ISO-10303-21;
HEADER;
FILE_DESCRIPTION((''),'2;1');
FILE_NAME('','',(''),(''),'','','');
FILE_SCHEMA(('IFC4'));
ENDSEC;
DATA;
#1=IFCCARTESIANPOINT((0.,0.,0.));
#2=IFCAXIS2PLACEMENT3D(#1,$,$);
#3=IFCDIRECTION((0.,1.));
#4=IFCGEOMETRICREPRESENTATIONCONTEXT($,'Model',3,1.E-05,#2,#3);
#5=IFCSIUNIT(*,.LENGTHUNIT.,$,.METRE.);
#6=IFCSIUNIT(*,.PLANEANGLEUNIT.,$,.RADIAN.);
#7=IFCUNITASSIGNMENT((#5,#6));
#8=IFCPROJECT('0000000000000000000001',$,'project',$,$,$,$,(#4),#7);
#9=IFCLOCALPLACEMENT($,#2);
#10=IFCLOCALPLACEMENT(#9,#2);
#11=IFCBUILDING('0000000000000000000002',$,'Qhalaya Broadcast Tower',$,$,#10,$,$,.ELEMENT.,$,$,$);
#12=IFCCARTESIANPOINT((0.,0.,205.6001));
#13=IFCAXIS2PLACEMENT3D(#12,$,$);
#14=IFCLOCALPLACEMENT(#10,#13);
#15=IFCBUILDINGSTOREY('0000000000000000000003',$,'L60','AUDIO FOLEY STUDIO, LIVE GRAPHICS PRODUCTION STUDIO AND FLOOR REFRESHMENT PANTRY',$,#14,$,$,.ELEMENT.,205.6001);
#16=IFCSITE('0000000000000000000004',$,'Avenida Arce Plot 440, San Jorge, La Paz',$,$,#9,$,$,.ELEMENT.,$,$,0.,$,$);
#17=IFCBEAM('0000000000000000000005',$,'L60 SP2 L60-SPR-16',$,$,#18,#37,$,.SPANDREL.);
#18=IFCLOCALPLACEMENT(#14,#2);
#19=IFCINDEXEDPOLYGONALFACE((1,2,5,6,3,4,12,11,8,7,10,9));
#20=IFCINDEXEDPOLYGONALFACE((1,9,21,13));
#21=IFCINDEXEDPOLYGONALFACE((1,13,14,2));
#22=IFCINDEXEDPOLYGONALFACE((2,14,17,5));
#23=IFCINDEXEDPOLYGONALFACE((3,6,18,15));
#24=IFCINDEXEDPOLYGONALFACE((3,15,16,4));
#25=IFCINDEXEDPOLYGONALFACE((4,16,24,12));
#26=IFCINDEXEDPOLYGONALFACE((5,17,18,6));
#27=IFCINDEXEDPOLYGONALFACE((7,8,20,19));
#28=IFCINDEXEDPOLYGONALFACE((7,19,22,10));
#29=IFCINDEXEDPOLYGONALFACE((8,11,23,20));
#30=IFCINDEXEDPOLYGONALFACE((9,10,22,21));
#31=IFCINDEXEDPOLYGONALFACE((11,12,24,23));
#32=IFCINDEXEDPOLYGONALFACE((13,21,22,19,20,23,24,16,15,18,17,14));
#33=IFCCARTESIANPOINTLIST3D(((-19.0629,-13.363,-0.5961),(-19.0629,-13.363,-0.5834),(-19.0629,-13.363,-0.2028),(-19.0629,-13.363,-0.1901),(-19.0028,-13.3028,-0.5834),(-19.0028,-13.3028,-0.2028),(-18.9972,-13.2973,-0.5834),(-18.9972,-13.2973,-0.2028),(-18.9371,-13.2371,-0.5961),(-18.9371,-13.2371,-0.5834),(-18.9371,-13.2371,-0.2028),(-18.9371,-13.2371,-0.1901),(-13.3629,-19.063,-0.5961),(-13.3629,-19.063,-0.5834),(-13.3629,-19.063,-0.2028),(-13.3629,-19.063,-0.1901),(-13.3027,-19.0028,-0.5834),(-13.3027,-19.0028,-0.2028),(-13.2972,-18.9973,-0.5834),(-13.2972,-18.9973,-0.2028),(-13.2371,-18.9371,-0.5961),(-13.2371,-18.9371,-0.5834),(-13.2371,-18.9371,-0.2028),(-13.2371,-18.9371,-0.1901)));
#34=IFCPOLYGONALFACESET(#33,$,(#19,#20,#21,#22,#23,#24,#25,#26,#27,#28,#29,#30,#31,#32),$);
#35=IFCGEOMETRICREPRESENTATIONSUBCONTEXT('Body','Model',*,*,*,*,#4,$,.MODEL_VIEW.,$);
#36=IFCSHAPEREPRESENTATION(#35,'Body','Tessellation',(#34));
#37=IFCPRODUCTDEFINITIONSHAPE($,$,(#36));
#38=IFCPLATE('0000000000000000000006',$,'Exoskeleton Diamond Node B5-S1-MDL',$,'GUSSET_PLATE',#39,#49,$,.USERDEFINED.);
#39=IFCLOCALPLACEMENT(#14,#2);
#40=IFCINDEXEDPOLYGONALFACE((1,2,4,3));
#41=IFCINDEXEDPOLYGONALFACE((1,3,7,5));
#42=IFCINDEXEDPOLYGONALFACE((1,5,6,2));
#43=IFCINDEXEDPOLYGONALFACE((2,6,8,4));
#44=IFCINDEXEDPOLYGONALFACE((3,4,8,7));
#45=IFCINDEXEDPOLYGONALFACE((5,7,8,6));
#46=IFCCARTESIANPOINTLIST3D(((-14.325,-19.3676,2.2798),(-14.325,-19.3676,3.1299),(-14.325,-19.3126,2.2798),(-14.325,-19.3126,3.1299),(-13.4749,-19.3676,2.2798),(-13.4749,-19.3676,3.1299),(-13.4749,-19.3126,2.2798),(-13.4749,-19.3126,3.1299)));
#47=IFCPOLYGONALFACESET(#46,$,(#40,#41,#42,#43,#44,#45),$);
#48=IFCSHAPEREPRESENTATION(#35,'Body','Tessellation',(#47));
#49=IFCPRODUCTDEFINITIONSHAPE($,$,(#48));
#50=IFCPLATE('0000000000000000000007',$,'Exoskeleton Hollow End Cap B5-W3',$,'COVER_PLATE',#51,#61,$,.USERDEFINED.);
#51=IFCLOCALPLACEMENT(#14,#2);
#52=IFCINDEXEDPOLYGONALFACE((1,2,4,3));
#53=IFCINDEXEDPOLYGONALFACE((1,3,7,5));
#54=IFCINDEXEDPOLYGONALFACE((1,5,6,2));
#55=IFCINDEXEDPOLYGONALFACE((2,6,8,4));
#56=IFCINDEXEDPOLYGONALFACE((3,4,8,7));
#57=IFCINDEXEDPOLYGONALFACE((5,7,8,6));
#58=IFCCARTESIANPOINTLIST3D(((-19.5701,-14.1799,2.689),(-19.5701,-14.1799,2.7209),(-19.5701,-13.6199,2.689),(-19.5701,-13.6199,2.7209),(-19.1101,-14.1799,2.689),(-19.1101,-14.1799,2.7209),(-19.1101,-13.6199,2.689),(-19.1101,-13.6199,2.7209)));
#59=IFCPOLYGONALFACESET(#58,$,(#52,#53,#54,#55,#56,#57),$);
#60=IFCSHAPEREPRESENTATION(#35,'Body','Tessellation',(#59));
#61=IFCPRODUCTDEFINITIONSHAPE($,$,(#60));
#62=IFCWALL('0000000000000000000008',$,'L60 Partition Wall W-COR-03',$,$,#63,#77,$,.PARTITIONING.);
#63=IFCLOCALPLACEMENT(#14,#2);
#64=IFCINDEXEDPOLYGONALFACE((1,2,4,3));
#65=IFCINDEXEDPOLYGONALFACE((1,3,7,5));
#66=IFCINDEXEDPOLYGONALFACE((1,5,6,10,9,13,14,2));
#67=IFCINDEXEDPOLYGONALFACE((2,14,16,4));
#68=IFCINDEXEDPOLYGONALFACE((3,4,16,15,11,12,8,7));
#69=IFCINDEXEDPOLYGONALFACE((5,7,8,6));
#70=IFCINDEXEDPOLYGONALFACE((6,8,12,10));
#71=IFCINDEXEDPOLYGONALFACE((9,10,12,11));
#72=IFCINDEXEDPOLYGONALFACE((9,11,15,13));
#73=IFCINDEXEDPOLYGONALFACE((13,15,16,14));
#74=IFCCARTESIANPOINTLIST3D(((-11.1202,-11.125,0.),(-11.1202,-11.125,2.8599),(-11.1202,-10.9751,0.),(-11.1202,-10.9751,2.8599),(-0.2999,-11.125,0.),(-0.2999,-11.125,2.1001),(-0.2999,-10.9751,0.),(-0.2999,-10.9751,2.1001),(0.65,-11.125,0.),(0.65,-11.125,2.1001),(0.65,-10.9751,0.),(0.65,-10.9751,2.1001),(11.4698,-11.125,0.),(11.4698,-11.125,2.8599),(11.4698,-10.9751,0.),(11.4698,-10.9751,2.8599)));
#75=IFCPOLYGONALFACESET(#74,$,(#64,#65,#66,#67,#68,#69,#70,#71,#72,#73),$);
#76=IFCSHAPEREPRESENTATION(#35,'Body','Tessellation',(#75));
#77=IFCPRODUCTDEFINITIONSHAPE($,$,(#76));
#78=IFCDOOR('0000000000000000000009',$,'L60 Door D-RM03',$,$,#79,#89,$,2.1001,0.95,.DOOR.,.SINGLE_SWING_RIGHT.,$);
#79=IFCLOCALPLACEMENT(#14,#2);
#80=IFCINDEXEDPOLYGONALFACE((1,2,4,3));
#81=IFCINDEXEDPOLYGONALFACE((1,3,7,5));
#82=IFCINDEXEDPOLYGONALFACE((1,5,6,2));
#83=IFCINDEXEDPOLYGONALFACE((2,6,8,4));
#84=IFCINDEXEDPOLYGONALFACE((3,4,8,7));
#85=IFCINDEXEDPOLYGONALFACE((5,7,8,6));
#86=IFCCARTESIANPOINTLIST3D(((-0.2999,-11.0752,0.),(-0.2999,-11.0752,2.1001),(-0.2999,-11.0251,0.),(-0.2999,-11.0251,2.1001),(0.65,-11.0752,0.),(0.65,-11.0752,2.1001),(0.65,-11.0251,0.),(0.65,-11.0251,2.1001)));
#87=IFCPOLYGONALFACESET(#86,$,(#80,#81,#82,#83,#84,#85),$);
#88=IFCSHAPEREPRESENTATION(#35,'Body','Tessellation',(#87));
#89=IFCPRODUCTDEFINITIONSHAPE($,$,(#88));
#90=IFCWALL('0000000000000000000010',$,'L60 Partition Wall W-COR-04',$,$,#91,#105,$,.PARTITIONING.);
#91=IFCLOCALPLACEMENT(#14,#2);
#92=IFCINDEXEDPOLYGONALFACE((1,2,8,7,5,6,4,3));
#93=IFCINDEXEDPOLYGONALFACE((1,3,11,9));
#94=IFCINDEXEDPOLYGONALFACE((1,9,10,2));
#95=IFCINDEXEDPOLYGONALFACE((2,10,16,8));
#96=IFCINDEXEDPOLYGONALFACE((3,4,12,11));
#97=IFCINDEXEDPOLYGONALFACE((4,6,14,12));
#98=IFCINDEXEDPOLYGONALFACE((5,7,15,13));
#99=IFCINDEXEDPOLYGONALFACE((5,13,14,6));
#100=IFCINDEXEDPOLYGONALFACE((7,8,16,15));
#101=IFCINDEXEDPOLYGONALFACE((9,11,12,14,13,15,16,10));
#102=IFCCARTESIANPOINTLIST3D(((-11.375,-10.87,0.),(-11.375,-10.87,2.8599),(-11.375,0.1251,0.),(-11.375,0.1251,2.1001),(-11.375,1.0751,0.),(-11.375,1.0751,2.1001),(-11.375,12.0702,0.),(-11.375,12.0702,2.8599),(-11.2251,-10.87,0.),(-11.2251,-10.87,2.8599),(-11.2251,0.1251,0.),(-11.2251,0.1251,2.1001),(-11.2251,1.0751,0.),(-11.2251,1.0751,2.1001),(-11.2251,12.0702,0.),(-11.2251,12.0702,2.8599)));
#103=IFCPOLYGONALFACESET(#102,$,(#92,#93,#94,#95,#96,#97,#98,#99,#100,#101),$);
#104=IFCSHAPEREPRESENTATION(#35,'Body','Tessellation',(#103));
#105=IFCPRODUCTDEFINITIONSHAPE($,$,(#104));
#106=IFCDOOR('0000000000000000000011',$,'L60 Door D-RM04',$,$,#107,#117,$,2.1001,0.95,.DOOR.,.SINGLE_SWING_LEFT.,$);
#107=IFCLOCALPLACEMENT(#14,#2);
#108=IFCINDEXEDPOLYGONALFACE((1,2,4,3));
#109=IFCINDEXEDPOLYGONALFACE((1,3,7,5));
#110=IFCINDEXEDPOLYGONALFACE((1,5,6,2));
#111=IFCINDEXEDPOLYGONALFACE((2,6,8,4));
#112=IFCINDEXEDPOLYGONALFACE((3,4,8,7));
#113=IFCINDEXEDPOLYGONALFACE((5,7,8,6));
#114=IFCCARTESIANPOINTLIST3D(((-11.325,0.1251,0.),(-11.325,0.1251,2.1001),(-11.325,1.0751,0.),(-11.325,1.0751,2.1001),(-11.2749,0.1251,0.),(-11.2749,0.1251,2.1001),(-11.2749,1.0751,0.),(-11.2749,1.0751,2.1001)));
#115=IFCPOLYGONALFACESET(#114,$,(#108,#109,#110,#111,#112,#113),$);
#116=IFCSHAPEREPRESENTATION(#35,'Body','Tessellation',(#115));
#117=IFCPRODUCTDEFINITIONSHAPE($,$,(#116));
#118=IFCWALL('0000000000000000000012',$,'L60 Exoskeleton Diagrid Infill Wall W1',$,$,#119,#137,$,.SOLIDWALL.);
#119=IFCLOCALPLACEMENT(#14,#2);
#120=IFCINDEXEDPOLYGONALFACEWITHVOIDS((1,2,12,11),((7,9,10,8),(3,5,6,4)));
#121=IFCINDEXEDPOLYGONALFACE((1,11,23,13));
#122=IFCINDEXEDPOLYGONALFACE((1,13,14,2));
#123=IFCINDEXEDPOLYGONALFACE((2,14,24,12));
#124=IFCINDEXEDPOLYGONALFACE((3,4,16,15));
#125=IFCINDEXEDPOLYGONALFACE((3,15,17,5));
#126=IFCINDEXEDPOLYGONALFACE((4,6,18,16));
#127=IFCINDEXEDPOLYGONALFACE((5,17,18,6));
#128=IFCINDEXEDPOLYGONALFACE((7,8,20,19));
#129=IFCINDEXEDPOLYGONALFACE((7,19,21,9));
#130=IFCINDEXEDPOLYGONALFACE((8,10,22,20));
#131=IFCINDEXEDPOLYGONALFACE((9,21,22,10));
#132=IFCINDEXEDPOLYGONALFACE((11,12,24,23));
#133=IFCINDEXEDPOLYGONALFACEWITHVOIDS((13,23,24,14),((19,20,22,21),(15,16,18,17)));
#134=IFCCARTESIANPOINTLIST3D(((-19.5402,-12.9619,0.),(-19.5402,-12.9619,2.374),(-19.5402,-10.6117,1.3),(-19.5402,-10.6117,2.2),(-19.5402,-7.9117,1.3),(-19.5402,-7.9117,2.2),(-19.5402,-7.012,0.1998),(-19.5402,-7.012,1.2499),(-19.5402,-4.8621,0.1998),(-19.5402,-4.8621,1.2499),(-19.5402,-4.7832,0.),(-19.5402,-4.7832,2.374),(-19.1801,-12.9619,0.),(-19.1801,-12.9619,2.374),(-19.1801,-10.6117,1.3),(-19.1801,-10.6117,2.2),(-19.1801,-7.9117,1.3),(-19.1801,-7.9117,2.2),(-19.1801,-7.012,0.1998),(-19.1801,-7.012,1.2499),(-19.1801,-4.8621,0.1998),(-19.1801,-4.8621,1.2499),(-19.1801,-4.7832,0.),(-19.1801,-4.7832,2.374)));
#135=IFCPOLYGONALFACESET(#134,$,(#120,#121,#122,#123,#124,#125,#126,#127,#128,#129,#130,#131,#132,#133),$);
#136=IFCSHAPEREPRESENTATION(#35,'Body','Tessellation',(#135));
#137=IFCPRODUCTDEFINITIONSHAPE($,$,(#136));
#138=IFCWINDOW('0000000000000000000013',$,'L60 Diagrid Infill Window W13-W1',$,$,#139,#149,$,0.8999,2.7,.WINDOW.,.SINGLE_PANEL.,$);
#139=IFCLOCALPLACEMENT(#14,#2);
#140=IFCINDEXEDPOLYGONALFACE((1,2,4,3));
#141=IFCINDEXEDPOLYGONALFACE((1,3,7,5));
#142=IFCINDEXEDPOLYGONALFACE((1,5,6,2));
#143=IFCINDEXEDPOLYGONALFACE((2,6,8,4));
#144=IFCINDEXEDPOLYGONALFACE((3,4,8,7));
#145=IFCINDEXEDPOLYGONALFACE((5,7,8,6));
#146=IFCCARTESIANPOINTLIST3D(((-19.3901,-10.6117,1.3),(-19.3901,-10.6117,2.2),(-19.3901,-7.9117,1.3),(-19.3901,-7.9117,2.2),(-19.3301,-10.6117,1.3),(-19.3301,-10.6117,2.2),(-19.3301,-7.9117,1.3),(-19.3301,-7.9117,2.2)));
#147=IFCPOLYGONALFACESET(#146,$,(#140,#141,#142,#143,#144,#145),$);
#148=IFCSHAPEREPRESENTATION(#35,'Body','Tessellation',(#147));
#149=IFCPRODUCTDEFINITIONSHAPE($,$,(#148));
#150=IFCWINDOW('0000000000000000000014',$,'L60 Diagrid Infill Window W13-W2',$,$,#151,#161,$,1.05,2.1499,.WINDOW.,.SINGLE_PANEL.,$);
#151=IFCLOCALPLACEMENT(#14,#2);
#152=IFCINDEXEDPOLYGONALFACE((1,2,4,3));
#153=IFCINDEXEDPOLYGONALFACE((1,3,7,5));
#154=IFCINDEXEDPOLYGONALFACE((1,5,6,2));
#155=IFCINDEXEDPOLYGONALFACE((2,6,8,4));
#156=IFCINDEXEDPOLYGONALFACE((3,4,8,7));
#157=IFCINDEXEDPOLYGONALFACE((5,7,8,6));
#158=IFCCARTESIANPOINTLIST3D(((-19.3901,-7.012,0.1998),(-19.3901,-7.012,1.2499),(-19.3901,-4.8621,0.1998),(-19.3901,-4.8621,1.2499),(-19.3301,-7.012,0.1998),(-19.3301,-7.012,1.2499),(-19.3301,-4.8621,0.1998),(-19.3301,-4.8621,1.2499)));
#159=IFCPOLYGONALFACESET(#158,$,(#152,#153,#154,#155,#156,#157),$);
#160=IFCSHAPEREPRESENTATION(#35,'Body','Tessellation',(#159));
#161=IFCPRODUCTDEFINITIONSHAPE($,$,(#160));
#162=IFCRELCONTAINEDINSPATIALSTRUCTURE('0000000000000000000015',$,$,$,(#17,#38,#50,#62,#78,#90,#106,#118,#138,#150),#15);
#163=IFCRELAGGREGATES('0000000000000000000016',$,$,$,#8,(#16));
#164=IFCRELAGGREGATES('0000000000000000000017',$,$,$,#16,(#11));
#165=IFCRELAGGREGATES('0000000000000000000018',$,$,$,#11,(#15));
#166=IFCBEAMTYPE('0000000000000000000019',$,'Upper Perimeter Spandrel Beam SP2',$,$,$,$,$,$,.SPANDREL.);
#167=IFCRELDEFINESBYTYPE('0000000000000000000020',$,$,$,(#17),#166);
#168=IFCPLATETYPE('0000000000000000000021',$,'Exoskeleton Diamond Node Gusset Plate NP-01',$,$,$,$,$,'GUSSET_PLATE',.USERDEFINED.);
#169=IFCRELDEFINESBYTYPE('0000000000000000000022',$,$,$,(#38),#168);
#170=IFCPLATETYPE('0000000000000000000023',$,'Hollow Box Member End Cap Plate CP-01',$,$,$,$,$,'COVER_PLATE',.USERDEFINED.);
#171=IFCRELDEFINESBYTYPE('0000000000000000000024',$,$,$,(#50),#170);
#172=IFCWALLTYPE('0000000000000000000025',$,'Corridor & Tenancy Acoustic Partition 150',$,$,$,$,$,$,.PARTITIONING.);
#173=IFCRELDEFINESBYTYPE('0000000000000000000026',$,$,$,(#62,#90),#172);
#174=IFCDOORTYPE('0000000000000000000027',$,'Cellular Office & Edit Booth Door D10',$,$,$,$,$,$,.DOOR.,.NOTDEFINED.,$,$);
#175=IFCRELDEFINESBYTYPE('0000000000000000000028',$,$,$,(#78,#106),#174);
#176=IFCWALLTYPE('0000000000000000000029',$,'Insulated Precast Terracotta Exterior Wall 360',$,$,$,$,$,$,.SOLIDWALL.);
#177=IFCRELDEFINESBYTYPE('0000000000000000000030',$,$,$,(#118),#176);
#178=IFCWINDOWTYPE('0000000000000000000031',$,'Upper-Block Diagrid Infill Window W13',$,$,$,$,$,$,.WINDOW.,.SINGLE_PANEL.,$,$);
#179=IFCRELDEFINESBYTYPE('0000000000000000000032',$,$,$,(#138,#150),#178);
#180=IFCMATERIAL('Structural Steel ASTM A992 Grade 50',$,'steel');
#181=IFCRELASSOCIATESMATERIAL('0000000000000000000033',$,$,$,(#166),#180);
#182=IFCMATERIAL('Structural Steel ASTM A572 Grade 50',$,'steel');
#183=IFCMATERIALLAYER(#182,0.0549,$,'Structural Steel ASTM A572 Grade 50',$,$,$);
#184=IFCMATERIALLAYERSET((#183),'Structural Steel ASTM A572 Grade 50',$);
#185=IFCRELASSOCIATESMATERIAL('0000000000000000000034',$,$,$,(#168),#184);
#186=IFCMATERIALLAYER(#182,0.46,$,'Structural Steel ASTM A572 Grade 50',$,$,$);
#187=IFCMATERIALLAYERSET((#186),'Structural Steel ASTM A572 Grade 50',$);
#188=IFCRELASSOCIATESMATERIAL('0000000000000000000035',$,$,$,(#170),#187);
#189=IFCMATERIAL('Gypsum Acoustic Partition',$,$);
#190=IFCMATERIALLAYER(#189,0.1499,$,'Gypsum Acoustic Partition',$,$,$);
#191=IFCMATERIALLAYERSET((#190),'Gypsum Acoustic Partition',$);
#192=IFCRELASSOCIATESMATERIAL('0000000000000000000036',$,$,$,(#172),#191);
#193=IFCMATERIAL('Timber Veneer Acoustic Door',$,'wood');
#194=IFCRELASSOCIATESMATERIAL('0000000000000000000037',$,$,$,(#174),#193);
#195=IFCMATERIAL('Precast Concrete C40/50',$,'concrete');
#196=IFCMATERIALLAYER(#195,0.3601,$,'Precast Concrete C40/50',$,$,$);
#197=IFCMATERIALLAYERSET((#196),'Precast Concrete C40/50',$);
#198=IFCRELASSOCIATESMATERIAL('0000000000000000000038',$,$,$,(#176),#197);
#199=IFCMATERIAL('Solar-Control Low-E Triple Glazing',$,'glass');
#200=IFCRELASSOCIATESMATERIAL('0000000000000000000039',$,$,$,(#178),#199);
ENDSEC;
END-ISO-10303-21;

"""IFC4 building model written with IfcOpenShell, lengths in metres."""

from ifc_helpers import new_model, si_unit, direction, frame, frame_2d, origin, origin_2d, place, context, subcontext, project, spatial, rectangle, i_section, extrude, material, layer, layer_set, material_profile, profile_set, type_object, element, fill, save


model = new_model("IFC4")

# Units and contexts
model_context = context("Model", 3, precision=1e-05, world=origin(), true_north=direction((0.0, 1.0)))
body_context = subcontext(model_context, "Body", "Model", "MODEL_VIEW")
ifc_project = project(units=[si_unit("LENGTHUNIT", "METRE"), si_unit("PLANEANGLEUNIT", "RADIAN")], contexts=[model_context])

# Site, building, storey
site_placement = place(None, origin())
site = spatial("IfcSite", under=ifc_project, at=site_placement, Name="Avenida Arce Plot 440, San Jorge, La Paz", CompositionType="ELEMENT", RefElevation=0.0)
building_placement = place(site_placement, origin())
building = spatial("IfcBuilding", under=site, at=building_placement, Name="Qhalaya Broadcast Tower", CompositionType="ELEMENT")
storey_placement = place(building_placement, frame((0.0, 0.0, 205.6001)))
storey = spatial("IfcBuildingStorey", under=building, at=storey_placement, Name="L60", Description="AUDIO FOLEY STUDIO, LIVE GRAPHICS PRODUCTION STUDIO AND FLOOR REFRESHMENT PANTRY", CompositionType="ELEMENT", Elevation=205.6001)

# Shared definitions
ifc_material_1 = material(Name="Structural Steel ASTM A572 Grade 50", Category="steel")

# Shared definitions
ifc_material_2 = material(Name="Structural Steel ASTM A992 Grade 50", Category="steel")

# Beam
ifc_material_profile_1 = material_profile(ifc_material_2, i_section(OverallWidth=0.178, OverallDepth=0.406, WebThickness=0.0078, FlangeThickness=0.0127, at=origin_2d()), Name="W16X40")
ifc_profile_set_1 = profile_set([ifc_material_profile_1], Name="Structural Steel ASTM A992 Grade 50")
beam_type_1 = type_object("IfcBeamType", Name="Upper Perimeter Spandrel Beam SP2", PredefinedType="SPANDREL", material=ifc_profile_set_1)
beam_1_placement = place(storey_placement, frame((-19.0, -13.3, -0.3931), z_axis=(0.707107, -0.707107, 0.0), x_axis=(0.707107, 0.707107, 0.0)))
element("IfcBeam", 1, at=beam_1_placement, inside=storey, type_object=beam_type_1, Name="L60 SP2 L60-SPR-16", PredefinedType="SPANDREL", context=body_context, shape_type="SweptSolid", body=[
    extrude(i_section(OverallWidth=0.178, OverallDepth=0.406, WebThickness=0.0078, FlangeThickness=0.0127, at=origin_2d()), origin(), (0.0, 0.0, 1.0), 8.061),
])

# Plates
ifc_layer_1 = layer(ifc_material_1, 0.0549, Name="Structural Steel ASTM A572 Grade 50")
ifc_layer_set_1 = layer_set([ifc_layer_1], Name="Structural Steel ASTM A572 Grade 50")
plate_type_1 = type_object("IfcPlateType", Name="Exoskeleton Diamond Node Gusset Plate NP-01", ElementType="GUSSET_PLATE", PredefinedType="USERDEFINED", material=ifc_layer_set_1)
plate_1_placement = place(storey_placement, frame((-13.8999, -19.3401, 2.2798), z_axis=(0.0, 0.0, 1.0), x_axis=(1.0, 0.0, 0.0)))
element("IfcPlate", 2, at=plate_1_placement, inside=storey, type_object=plate_type_1, Name="Exoskeleton Diamond Node B5-S1-MDL", ObjectType="GUSSET_PLATE", PredefinedType="USERDEFINED", context=body_context, shape_type="SweptSolid", body=[
    extrude(rectangle(XDim=0.8501, YDim=0.0549, at=origin_2d()), origin(), (0.0, 0.0, 1.0), 0.8501),
])
ifc_layer_2 = layer(ifc_material_1, 0.46, Name="Structural Steel ASTM A572 Grade 50")
ifc_layer_set_2 = layer_set([ifc_layer_2], Name="Structural Steel ASTM A572 Grade 50")
plate_type_2 = type_object("IfcPlateType", Name="Hollow Box Member End Cap Plate CP-01", ElementType="COVER_PLATE", PredefinedType="USERDEFINED", material=ifc_layer_set_2)
plate_2_placement = place(storey_placement, frame((-19.3401, -13.8999, 2.689), z_axis=(0.0, 0.0, 1.0), x_axis=(0.0, 1.0, 0.0)))
element("IfcPlate", 3, at=plate_2_placement, inside=storey, type_object=plate_type_2, Name="Exoskeleton Hollow End Cap B5-W3", ObjectType="COVER_PLATE", PredefinedType="USERDEFINED", context=body_context, shape_type="SweptSolid", body=[
    extrude(rectangle(XDim=0.5601, YDim=0.46, at=origin_2d()), origin(), (0.0, 0.0, 1.0), 0.032),
])

# Walls, openings, doors
ifc_material_3 = material(Name="Gypsum Acoustic Partition")
ifc_layer_3 = layer(ifc_material_3, 0.1499, Name="Gypsum Acoustic Partition")
ifc_layer_set_3 = layer_set([ifc_layer_3], Name="Gypsum Acoustic Partition")
wall_type_1 = type_object("IfcWallType", Name="Corridor & Tenancy Acoustic Partition 150", PredefinedType="PARTITIONING", material=ifc_layer_set_3)
wall_1_placement = place(storey_placement, frame((-11.1201, -11.05, 0.0), z_axis=(0.0, 0.0, 1.0), x_axis=(1.0, 0.0, 0.0)))
wall_1 = element("IfcWall", 4, at=wall_1_placement, inside=storey, type_object=wall_type_1, Name="L60 Partition Wall W-COR-03", PredefinedType="PARTITIONING", context=body_context, shape_type="SweptSolid", body=[
    extrude(rectangle(XDim=22.5901, YDim=0.1499, at=frame_2d((11.2949, 0.0))), origin(), (0.0, 0.0, 1.0), 2.8599),
])
opening_1_placement = place(wall_1_placement, frame((10.8201, 0.0, 0.0)))
opening_1 = element("IfcOpeningElement", 5, at=opening_1_placement, cuts=wall_1, PredefinedType="OPENING", context=body_context, shape_type="SweptSolid", body=[
    extrude(rectangle(XDim=0.95, YDim=2.1001, at=frame_2d((0.4751, 1.05))), frame((0.0, 0.0869, 0.0), z_axis=(0.0, -1.0, 0.0), x_axis=(1.0, 0.0, 0.0)), (0.0, 0.0, 1.0), 0.1738),
])
ifc_material_4 = material(Name="Timber Veneer Acoustic Door", Category="wood")
door_type = type_object("IfcDoorType", Name="Cellular Office & Edit Booth Door D10", OperationType="NOTDEFINED", PredefinedType="DOOR", material=ifc_material_4)
door_1_placement = place(opening_1_placement, origin())
door_1 = element("IfcDoor", 6, at=door_1_placement, inside=storey, type_object=door_type, Name="L60 Door D-RM03", OperationType="SINGLE_SWING_RIGHT", OverallHeight=2.1001, OverallWidth=0.95, PredefinedType="DOOR", context=body_context, shape_type="SweptSolid", body=[
    extrude(rectangle(XDim=0.95, YDim=2.1001, at=frame_2d((0.4751, 1.05))), frame((0.0, 0.0249, 0.0), z_axis=(0.0, -1.0, 0.0), x_axis=(1.0, 0.0, 0.0)), (0.0, 0.0, 1.0), 0.05),
])
fill(opening_1, door_1)
wall_2_placement = place(storey_placement, frame((-11.3, -10.8701, 0.0), z_axis=(0.0, 0.0, 1.0), x_axis=(0.0, 1.0, 0.0)))
wall_2 = element("IfcWall", 7, at=wall_2_placement, inside=storey, type_object=wall_type_1, Name="L60 Partition Wall W-COR-04", PredefinedType="PARTITIONING", context=body_context, shape_type="SweptSolid", body=[
    extrude(rectangle(XDim=22.9402, YDim=0.1499, at=frame_2d((11.4702, 0.0))), origin(), (0.0, 0.0, 1.0), 2.8599),
])
opening_2_placement = place(wall_2_placement, frame((10.9951, 0.0, 0.0)))
opening_2 = element("IfcOpeningElement", 8, at=opening_2_placement, cuts=wall_2, PredefinedType="OPENING", context=body_context, shape_type="SweptSolid", body=[
    extrude(rectangle(XDim=0.95, YDim=2.1001, at=frame_2d((0.4751, 1.05))), frame((0.0, 0.0869, 0.0), z_axis=(0.0, -1.0, 0.0), x_axis=(1.0, 0.0, 0.0)), (0.0, 0.0, 1.0), 0.1738),
])
door_2_placement = place(opening_2_placement, origin())
door_2 = element("IfcDoor", 9, at=door_2_placement, inside=storey, type_object=door_type, Name="L60 Door D-RM04", OperationType="SINGLE_SWING_LEFT", OverallHeight=2.1001, OverallWidth=0.95, PredefinedType="DOOR", context=body_context, shape_type="SweptSolid", body=[
    extrude(rectangle(XDim=0.95, YDim=2.1001, at=frame_2d((0.4751, 1.05))), frame((0.0, 0.0249, 0.0), z_axis=(0.0, -1.0, 0.0), x_axis=(1.0, 0.0, 0.0)), (0.0, 0.0, 1.0), 0.05),
])
fill(opening_2, door_2)

# Wall, openings, windows
ifc_material_5 = material(Name="Precast Concrete C40/50", Category="concrete")
ifc_layer_4 = layer(ifc_material_5, 0.3601, Name="Precast Concrete C40/50")
ifc_layer_set_4 = layer_set([ifc_layer_4], Name="Precast Concrete C40/50")
wall_type_2 = type_object("IfcWallType", Name="Insulated Precast Terracotta Exterior Wall 360", PredefinedType="SOLIDWALL", material=ifc_layer_set_4)
wall_3_placement = place(storey_placement, frame((-19.3601, -12.9619, 0.0), z_axis=(0.0, 0.0, 1.0), x_axis=(0.0, 1.0, 0.0)))
wall_3 = element("IfcWall", 10, at=wall_3_placement, inside=storey, type_object=wall_type_2, Name="L60 Exoskeleton Diagrid Infill Wall W1", PredefinedType="SOLIDWALL", context=body_context, shape_type="SweptSolid", body=[
    extrude(rectangle(XDim=8.1787, YDim=0.3601, at=frame_2d((4.0894, 0.0))), origin(), (0.0, 0.0, 1.0), 2.374),
])
opening_3_placement = place(wall_3_placement, frame((2.3501, 0.0, 1.3)))
opening_3 = element("IfcOpeningElement", 11, at=opening_3_placement, cuts=wall_3, PredefinedType="OPENING", context=body_context, shape_type="SweptSolid", body=[
    extrude(rectangle(XDim=2.7, YDim=0.8999, at=frame_2d((1.3501, 0.45))), frame((0.0, 0.1921, 0.0), z_axis=(0.0, -1.0, 0.0), x_axis=(1.0, 0.0, 0.0)), (0.0, 0.0, 1.0), 0.384),
])
opening_4_placement = place(wall_3_placement, frame((5.95, 0.0, 0.2)))
opening_4 = element("IfcOpeningElement", 12, at=opening_4_placement, cuts=wall_3, PredefinedType="OPENING", context=body_context, shape_type="SweptSolid", body=[
    extrude(rectangle(XDim=2.1499, YDim=1.05, at=frame_2d((1.075, 0.5249))), frame((0.0, 0.1921, 0.0), z_axis=(0.0, -1.0, 0.0), x_axis=(1.0, 0.0, 0.0)), (0.0, 0.0, 1.0), 0.384),
])
ifc_material_6 = material(Name="Solar-Control Low-E Triple Glazing", Category="glass")
window_type = type_object("IfcWindowType", Name="Upper-Block Diagrid Infill Window W13", PartitioningType="SINGLE_PANEL", PredefinedType="WINDOW", material=ifc_material_6)
window_1_placement = place(opening_3_placement, origin())
window_1 = element("IfcWindow", 13, at=window_1_placement, inside=storey, type_object=window_type, Name="L60 Diagrid Infill Window W13-W1", OverallHeight=0.8999, OverallWidth=2.7, PartitioningType="SINGLE_PANEL", PredefinedType="WINDOW", context=body_context, shape_type="SweptSolid", body=[
    extrude(rectangle(XDim=2.7, YDim=0.8999, at=frame_2d((1.3501, 0.45))), frame((0.0, 0.03, 0.0), z_axis=(0.0, -1.0, 0.0), x_axis=(1.0, 0.0, 0.0)), (0.0, 0.0, 1.0), 0.0601),
])
fill(opening_3, window_1)
window_2_placement = place(opening_4_placement, origin())
window_2 = element("IfcWindow", 14, at=window_2_placement, inside=storey, type_object=window_type, Name="L60 Diagrid Infill Window W13-W2", OverallHeight=1.05, OverallWidth=2.1499, PartitioningType="SINGLE_PANEL", PredefinedType="WINDOW", context=body_context, shape_type="SweptSolid", body=[
    extrude(rectangle(XDim=2.1499, YDim=1.05, at=frame_2d((1.075, 0.5249))), frame((0.0, 0.03, 0.0), z_axis=(0.0, -1.0, 0.0), x_axis=(1.0, 0.0, 0.0)), (0.0, 0.0, 1.0), 0.0601),
])
fill(opening_4, window_2)

save(model, "model.ifc")
